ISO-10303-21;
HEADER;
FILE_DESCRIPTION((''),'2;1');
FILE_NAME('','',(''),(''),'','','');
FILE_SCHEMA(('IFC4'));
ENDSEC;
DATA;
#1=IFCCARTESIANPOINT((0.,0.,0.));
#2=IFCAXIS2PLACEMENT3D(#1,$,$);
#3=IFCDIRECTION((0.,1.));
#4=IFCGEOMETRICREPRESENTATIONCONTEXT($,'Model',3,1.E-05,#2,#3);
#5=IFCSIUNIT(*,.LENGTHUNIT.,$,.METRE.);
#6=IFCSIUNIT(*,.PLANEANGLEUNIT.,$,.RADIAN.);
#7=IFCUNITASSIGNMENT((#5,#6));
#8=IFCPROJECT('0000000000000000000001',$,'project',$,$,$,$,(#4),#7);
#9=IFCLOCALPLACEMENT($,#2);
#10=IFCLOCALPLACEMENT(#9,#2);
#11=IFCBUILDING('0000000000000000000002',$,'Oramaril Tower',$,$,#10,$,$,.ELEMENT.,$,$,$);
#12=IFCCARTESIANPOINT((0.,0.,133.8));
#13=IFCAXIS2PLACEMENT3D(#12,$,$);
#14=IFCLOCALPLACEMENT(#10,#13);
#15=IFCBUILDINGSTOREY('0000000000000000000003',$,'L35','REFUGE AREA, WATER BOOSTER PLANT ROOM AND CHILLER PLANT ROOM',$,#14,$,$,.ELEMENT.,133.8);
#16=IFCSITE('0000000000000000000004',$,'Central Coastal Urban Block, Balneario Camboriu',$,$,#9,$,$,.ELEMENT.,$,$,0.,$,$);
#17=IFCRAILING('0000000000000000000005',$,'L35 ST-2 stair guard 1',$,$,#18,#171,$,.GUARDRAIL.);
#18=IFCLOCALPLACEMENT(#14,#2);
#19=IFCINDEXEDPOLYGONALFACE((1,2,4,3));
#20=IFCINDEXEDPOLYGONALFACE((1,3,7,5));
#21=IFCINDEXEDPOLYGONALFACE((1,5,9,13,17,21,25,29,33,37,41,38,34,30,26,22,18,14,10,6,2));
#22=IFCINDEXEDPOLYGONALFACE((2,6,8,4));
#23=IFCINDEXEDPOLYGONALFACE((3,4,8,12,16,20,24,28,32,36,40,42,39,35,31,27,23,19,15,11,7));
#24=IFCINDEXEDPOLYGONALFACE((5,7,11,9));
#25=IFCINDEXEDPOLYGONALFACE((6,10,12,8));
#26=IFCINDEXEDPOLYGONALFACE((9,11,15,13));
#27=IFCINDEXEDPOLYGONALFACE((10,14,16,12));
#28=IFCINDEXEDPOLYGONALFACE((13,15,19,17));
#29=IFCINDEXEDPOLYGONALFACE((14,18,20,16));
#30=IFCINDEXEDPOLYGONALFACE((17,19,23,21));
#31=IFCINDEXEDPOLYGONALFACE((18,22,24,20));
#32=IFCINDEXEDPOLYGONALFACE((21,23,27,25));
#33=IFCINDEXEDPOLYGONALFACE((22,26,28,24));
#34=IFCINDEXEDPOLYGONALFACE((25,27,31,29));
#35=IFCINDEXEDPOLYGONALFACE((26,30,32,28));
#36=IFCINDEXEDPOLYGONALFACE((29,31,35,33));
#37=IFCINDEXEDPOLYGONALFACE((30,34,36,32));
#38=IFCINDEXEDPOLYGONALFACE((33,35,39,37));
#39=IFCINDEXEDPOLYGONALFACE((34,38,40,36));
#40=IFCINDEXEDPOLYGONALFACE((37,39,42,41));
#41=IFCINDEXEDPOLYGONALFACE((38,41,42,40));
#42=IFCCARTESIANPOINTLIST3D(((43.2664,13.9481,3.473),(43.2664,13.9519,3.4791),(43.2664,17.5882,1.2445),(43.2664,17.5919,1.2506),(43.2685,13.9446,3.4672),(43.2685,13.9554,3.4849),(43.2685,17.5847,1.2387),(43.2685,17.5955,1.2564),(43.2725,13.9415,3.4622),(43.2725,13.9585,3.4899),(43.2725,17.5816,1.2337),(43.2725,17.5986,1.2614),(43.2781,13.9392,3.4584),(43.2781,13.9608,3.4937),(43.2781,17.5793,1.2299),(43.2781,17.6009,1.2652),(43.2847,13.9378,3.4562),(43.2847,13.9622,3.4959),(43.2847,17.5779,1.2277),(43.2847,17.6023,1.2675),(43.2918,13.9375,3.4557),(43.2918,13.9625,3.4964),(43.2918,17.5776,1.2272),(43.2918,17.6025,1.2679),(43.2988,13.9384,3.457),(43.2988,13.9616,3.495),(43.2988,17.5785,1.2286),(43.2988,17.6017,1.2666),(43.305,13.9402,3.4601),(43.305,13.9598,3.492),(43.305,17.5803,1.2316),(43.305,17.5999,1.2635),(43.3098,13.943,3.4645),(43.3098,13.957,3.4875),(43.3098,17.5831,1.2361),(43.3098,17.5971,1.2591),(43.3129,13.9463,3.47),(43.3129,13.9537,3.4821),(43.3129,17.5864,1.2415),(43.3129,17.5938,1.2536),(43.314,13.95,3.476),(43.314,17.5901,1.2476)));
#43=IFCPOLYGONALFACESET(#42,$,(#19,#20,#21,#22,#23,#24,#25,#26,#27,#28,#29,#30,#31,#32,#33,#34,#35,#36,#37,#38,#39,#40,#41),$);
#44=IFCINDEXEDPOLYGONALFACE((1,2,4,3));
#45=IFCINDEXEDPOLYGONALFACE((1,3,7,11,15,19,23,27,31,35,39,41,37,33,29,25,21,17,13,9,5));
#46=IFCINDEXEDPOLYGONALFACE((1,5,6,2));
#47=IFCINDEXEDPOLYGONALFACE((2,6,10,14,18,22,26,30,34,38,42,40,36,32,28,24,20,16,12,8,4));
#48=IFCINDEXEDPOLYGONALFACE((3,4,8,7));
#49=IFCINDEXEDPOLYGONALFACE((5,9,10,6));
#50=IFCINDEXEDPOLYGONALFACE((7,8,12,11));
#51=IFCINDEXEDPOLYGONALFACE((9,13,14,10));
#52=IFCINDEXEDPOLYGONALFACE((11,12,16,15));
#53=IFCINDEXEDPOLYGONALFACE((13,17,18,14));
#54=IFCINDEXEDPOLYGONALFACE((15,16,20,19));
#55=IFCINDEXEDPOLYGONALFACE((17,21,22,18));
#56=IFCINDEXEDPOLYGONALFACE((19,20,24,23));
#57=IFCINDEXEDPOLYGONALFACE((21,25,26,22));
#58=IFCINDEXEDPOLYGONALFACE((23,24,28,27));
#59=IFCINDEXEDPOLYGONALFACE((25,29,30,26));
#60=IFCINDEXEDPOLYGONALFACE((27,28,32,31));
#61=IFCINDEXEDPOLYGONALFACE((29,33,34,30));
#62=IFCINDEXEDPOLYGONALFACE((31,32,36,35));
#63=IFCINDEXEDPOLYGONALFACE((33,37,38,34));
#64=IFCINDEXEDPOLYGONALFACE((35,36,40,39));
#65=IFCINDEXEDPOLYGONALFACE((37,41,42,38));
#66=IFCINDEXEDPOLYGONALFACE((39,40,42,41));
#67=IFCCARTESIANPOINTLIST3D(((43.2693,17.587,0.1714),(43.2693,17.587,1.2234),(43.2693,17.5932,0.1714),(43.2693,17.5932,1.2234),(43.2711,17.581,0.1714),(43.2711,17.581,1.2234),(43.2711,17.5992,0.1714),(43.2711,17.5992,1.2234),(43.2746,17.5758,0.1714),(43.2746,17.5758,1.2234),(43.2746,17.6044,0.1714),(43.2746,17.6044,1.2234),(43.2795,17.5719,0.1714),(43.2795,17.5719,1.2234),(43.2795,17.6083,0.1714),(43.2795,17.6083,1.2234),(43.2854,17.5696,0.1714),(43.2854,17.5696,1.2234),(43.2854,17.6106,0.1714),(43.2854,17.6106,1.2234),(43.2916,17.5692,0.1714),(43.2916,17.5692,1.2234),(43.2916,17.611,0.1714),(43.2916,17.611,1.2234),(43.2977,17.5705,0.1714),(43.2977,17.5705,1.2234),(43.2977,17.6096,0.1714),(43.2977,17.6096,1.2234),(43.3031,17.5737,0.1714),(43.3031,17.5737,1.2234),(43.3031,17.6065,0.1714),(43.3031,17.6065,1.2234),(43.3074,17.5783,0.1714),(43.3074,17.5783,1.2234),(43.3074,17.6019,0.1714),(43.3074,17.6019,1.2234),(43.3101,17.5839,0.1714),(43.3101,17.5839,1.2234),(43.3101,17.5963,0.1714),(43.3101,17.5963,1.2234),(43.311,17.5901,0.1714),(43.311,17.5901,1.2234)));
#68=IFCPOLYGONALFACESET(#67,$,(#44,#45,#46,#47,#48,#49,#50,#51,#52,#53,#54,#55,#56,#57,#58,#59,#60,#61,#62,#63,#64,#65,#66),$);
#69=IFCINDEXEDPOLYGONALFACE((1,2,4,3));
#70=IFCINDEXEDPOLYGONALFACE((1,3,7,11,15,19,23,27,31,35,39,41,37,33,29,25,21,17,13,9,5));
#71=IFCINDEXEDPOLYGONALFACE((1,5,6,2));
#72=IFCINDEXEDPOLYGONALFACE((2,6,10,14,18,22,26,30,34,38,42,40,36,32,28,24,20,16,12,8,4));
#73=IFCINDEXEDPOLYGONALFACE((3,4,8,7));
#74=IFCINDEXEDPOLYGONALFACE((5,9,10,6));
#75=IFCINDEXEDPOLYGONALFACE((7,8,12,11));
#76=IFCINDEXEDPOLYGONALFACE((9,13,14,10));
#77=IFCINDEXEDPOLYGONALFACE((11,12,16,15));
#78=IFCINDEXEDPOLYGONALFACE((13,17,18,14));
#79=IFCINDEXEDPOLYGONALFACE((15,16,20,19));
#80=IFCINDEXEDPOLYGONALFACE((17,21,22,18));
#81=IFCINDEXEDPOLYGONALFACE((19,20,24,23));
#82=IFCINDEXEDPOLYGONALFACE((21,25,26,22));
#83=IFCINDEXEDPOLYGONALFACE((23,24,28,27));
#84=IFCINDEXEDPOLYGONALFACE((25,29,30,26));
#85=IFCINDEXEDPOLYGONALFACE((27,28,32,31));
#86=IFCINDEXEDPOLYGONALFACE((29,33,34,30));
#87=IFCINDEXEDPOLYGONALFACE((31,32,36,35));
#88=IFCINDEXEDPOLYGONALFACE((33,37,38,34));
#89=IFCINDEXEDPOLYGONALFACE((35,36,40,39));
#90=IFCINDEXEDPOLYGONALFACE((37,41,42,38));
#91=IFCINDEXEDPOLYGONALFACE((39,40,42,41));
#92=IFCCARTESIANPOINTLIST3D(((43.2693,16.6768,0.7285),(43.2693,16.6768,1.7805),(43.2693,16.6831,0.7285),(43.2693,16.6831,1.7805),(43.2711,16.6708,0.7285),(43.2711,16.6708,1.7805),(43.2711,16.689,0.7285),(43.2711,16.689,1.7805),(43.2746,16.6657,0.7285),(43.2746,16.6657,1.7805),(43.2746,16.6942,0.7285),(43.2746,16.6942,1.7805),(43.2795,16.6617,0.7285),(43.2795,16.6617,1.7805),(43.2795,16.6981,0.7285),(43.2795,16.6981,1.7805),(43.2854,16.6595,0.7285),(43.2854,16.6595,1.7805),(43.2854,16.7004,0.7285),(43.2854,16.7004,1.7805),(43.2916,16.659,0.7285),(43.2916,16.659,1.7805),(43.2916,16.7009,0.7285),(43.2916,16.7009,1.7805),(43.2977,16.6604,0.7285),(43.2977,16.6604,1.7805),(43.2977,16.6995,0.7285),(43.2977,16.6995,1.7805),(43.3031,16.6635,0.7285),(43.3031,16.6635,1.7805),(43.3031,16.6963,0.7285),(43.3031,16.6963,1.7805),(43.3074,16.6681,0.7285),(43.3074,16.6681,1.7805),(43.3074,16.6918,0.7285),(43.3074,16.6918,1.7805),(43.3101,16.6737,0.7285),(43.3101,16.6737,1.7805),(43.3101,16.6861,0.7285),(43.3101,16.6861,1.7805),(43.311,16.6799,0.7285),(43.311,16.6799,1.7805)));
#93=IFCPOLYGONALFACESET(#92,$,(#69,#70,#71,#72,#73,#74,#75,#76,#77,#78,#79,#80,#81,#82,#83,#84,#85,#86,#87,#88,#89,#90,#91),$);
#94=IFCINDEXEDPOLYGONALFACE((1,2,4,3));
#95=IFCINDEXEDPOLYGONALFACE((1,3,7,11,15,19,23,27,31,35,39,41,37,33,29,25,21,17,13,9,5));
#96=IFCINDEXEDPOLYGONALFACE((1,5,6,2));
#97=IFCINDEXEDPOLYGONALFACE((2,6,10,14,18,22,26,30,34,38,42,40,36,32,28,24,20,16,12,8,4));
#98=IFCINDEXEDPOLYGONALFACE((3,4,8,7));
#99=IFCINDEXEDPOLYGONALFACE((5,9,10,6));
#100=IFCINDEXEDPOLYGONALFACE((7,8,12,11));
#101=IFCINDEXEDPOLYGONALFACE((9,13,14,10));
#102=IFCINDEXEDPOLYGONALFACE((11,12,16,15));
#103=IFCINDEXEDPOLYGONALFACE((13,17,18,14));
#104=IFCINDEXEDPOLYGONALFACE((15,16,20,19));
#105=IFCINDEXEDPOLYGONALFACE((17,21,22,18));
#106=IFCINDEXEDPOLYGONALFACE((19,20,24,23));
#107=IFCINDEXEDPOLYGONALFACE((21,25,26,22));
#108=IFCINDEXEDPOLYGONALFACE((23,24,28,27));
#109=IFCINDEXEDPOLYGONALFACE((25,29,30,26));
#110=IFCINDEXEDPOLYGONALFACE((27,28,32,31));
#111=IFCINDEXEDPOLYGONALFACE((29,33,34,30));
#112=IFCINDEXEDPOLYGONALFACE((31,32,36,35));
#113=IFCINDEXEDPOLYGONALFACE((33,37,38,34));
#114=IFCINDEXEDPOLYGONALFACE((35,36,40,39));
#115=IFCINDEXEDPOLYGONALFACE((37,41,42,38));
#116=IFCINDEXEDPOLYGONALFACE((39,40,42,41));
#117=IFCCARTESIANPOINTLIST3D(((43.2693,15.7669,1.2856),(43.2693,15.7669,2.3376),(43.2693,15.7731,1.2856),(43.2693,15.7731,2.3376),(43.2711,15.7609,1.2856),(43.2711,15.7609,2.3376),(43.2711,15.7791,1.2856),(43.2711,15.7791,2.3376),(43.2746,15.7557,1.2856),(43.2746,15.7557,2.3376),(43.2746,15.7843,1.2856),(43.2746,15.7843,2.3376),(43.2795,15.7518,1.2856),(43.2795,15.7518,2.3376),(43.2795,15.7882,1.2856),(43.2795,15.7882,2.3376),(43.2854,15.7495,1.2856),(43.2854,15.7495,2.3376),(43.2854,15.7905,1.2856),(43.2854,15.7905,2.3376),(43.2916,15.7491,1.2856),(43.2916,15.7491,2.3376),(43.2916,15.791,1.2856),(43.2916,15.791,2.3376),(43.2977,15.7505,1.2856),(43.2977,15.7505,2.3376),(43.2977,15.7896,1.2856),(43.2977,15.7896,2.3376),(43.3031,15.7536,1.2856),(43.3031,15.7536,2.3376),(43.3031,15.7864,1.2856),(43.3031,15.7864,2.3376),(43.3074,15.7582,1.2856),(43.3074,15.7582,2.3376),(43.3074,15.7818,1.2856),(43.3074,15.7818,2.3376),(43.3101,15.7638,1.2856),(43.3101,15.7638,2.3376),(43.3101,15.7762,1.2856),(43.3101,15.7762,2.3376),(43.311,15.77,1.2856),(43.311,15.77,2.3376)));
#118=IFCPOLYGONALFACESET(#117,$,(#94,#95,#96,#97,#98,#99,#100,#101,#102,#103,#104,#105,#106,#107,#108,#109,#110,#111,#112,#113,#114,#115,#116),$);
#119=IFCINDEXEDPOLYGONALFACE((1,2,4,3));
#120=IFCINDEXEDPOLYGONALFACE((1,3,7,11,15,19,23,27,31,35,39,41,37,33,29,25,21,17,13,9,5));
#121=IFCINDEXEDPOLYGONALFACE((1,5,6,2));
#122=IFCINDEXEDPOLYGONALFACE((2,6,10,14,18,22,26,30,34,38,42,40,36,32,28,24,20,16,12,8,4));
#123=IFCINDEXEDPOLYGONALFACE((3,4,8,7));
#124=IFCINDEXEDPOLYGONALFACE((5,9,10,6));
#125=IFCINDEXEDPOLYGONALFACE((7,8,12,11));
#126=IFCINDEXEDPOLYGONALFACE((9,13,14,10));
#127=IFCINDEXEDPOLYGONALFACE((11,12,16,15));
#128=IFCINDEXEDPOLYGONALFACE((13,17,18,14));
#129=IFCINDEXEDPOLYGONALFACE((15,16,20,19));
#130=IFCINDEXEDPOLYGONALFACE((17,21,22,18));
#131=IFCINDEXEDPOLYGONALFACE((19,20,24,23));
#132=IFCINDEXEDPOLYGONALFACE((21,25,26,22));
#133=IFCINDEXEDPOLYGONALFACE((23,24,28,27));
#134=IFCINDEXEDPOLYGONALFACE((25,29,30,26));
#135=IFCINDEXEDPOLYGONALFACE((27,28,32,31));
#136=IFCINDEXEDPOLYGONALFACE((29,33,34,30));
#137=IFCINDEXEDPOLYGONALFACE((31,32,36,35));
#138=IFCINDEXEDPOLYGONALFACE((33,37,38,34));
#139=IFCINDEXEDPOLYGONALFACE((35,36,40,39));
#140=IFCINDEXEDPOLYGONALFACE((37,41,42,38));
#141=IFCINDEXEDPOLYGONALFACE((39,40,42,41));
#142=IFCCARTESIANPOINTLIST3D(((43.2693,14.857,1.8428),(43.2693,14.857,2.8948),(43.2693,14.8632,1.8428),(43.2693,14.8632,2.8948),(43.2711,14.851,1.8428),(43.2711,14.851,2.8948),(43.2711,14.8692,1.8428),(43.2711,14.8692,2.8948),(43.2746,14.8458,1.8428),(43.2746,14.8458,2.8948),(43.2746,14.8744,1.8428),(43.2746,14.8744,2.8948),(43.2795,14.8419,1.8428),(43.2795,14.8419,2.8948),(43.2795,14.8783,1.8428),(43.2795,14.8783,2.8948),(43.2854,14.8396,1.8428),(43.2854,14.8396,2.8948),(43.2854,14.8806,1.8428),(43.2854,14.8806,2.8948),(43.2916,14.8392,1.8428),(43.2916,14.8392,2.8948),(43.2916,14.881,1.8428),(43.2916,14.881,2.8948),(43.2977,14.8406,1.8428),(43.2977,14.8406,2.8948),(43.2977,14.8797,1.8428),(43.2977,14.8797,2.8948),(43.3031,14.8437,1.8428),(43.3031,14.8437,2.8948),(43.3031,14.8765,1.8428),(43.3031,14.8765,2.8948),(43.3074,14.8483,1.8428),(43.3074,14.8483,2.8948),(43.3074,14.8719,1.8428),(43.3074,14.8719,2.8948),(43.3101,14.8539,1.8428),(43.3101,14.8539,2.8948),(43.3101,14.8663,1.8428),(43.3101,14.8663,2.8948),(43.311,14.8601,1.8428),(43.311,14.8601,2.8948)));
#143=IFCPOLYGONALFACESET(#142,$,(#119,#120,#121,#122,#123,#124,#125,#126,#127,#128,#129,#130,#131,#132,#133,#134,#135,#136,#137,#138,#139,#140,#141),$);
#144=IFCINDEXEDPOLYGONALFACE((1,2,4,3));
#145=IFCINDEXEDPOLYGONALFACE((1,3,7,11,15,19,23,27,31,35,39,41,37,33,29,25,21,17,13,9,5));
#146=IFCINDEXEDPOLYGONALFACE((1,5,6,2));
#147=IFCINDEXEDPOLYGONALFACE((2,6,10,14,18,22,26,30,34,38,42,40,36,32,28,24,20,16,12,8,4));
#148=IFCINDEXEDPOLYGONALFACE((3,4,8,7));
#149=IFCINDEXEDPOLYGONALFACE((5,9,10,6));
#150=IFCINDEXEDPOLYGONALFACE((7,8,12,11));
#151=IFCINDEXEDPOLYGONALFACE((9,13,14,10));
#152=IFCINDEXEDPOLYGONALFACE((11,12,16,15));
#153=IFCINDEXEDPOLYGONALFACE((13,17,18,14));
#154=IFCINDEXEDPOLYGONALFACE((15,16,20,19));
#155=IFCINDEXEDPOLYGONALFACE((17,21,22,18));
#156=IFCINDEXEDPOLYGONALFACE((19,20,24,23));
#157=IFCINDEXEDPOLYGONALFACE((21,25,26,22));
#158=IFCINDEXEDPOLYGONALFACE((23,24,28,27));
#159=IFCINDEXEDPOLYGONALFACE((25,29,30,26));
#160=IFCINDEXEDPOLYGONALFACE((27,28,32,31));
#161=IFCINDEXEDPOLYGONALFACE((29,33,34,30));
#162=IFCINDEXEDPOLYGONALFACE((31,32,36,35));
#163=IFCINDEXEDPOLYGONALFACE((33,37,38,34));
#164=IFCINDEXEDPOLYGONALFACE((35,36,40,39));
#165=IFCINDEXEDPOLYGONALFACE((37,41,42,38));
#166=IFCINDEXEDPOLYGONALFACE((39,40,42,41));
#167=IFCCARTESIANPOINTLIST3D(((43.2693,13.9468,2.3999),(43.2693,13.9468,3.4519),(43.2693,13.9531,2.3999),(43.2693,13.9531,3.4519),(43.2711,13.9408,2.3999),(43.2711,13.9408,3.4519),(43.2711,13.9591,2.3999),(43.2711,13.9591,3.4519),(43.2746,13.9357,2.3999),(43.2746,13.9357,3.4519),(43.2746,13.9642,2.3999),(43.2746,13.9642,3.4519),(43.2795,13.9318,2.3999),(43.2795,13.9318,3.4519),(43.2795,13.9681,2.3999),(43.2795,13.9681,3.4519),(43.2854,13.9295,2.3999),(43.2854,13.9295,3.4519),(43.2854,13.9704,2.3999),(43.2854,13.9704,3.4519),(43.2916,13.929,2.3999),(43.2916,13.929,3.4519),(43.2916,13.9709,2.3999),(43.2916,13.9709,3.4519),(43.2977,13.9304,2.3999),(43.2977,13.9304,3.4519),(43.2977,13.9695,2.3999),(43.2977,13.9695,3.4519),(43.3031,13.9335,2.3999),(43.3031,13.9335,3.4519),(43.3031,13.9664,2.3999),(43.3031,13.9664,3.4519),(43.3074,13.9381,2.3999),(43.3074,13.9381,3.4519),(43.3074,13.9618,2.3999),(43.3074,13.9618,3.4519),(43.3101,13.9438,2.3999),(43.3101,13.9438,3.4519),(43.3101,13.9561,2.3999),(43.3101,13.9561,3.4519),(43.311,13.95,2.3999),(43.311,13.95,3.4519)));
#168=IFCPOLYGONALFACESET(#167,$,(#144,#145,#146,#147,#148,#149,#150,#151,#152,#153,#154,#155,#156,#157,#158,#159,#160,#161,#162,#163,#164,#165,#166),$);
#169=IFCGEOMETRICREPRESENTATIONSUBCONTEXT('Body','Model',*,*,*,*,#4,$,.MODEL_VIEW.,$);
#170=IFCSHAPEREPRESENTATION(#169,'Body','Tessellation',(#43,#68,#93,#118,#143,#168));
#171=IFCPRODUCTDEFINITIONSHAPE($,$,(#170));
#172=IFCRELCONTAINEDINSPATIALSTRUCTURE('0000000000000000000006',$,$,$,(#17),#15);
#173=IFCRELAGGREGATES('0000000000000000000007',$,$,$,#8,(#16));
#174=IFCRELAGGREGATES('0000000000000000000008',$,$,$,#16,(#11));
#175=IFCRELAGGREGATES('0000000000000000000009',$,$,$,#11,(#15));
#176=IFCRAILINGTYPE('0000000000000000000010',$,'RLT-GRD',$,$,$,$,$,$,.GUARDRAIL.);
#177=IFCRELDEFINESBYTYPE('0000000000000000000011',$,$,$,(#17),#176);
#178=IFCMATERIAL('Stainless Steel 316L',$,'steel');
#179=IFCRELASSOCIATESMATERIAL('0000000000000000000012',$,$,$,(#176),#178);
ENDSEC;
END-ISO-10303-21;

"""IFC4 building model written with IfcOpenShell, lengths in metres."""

from ifc_helpers import new_model, si_unit, direction, frame, origin, origin_2d, place, context, subcontext, project, spatial, circle, extrude, material, type_object, element, save


model = new_model("IFC4")

# Units and contexts
model_context = context("Model", 3, precision=1e-05, world=origin(), true_north=direction((0.0, 1.0)))
body_context = subcontext(model_context, "Body", "Model", "MODEL_VIEW")
ifc_project = project(units=[si_unit("LENGTHUNIT", "METRE"), si_unit("PLANEANGLEUNIT", "RADIAN")], contexts=[model_context])

# Site, building, storey
site_placement = place(None, origin())
site = spatial("IfcSite", under=ifc_project, at=site_placement, Name="Central Coastal Urban Block, Balneario Camboriu", CompositionType="ELEMENT", RefElevation=0.0)
building_placement = place(site_placement, origin())
building = spatial("IfcBuilding", under=site, at=building_placement, Name="Oramaril Tower", CompositionType="ELEMENT")
storey_placement = place(building_placement, frame((0.0, 0.0, 133.8)))
storey = spatial("IfcBuildingStorey", under=building, at=storey_placement, Name="L35", Description="REFUGE AREA, WATER BOOSTER PLANT ROOM AND CHILLER PLANT ROOM", CompositionType="ELEMENT", Elevation=133.8)

# Railing
ifc_material_1 = material(Name="Stainless Steel 316L", Category="steel")
railing_type = type_object("IfcRailingType", Name="RLT-GRD", PredefinedType="GUARDRAIL", material=ifc_material_1)
railing_1_placement = place(storey_placement, frame((43.29, 17.5901, 0.1714)))
element("IfcRailing", 1, at=railing_1_placement, inside=storey, type_object=railing_type, Name="L35 ST-2 stair guard 1", PredefinedType="GUARDRAIL", context=body_context, shape_type="SweptSolid", body=[
    extrude(circle(Radius=0.0239, at=origin_2d()), frame((0.0, 0.0, 1.0762), z_axis=(0.0, -0.852866, 0.52213), x_axis=(1.0, 0.0, 0.0)), (0.0, 0.0, 1.0), 4.2681),
    extrude(circle(Radius=0.021, at=origin_2d()), origin(), (0.0, 0.0, 1.0), 1.052),
    extrude(circle(Radius=0.021, at=origin_2d()), frame((0.0, -0.9102, 0.5571)), (0.0, 0.0, 1.0), 1.052),
    extrude(circle(Radius=0.021, at=origin_2d()), frame((0.0, -1.8201, 1.1143)), (0.0, 0.0, 1.0), 1.052),
    extrude(circle(Radius=0.021, at=origin_2d()), frame((0.0, -2.73, 1.6714)), (0.0, 0.0, 1.0), 1.052),
    extrude(circle(Radius=0.021, at=origin_2d()), frame((0.0, -3.6401, 2.2285)), (0.0, 0.0, 1.0), 1.052),
])

save(model, "model.ifc")
